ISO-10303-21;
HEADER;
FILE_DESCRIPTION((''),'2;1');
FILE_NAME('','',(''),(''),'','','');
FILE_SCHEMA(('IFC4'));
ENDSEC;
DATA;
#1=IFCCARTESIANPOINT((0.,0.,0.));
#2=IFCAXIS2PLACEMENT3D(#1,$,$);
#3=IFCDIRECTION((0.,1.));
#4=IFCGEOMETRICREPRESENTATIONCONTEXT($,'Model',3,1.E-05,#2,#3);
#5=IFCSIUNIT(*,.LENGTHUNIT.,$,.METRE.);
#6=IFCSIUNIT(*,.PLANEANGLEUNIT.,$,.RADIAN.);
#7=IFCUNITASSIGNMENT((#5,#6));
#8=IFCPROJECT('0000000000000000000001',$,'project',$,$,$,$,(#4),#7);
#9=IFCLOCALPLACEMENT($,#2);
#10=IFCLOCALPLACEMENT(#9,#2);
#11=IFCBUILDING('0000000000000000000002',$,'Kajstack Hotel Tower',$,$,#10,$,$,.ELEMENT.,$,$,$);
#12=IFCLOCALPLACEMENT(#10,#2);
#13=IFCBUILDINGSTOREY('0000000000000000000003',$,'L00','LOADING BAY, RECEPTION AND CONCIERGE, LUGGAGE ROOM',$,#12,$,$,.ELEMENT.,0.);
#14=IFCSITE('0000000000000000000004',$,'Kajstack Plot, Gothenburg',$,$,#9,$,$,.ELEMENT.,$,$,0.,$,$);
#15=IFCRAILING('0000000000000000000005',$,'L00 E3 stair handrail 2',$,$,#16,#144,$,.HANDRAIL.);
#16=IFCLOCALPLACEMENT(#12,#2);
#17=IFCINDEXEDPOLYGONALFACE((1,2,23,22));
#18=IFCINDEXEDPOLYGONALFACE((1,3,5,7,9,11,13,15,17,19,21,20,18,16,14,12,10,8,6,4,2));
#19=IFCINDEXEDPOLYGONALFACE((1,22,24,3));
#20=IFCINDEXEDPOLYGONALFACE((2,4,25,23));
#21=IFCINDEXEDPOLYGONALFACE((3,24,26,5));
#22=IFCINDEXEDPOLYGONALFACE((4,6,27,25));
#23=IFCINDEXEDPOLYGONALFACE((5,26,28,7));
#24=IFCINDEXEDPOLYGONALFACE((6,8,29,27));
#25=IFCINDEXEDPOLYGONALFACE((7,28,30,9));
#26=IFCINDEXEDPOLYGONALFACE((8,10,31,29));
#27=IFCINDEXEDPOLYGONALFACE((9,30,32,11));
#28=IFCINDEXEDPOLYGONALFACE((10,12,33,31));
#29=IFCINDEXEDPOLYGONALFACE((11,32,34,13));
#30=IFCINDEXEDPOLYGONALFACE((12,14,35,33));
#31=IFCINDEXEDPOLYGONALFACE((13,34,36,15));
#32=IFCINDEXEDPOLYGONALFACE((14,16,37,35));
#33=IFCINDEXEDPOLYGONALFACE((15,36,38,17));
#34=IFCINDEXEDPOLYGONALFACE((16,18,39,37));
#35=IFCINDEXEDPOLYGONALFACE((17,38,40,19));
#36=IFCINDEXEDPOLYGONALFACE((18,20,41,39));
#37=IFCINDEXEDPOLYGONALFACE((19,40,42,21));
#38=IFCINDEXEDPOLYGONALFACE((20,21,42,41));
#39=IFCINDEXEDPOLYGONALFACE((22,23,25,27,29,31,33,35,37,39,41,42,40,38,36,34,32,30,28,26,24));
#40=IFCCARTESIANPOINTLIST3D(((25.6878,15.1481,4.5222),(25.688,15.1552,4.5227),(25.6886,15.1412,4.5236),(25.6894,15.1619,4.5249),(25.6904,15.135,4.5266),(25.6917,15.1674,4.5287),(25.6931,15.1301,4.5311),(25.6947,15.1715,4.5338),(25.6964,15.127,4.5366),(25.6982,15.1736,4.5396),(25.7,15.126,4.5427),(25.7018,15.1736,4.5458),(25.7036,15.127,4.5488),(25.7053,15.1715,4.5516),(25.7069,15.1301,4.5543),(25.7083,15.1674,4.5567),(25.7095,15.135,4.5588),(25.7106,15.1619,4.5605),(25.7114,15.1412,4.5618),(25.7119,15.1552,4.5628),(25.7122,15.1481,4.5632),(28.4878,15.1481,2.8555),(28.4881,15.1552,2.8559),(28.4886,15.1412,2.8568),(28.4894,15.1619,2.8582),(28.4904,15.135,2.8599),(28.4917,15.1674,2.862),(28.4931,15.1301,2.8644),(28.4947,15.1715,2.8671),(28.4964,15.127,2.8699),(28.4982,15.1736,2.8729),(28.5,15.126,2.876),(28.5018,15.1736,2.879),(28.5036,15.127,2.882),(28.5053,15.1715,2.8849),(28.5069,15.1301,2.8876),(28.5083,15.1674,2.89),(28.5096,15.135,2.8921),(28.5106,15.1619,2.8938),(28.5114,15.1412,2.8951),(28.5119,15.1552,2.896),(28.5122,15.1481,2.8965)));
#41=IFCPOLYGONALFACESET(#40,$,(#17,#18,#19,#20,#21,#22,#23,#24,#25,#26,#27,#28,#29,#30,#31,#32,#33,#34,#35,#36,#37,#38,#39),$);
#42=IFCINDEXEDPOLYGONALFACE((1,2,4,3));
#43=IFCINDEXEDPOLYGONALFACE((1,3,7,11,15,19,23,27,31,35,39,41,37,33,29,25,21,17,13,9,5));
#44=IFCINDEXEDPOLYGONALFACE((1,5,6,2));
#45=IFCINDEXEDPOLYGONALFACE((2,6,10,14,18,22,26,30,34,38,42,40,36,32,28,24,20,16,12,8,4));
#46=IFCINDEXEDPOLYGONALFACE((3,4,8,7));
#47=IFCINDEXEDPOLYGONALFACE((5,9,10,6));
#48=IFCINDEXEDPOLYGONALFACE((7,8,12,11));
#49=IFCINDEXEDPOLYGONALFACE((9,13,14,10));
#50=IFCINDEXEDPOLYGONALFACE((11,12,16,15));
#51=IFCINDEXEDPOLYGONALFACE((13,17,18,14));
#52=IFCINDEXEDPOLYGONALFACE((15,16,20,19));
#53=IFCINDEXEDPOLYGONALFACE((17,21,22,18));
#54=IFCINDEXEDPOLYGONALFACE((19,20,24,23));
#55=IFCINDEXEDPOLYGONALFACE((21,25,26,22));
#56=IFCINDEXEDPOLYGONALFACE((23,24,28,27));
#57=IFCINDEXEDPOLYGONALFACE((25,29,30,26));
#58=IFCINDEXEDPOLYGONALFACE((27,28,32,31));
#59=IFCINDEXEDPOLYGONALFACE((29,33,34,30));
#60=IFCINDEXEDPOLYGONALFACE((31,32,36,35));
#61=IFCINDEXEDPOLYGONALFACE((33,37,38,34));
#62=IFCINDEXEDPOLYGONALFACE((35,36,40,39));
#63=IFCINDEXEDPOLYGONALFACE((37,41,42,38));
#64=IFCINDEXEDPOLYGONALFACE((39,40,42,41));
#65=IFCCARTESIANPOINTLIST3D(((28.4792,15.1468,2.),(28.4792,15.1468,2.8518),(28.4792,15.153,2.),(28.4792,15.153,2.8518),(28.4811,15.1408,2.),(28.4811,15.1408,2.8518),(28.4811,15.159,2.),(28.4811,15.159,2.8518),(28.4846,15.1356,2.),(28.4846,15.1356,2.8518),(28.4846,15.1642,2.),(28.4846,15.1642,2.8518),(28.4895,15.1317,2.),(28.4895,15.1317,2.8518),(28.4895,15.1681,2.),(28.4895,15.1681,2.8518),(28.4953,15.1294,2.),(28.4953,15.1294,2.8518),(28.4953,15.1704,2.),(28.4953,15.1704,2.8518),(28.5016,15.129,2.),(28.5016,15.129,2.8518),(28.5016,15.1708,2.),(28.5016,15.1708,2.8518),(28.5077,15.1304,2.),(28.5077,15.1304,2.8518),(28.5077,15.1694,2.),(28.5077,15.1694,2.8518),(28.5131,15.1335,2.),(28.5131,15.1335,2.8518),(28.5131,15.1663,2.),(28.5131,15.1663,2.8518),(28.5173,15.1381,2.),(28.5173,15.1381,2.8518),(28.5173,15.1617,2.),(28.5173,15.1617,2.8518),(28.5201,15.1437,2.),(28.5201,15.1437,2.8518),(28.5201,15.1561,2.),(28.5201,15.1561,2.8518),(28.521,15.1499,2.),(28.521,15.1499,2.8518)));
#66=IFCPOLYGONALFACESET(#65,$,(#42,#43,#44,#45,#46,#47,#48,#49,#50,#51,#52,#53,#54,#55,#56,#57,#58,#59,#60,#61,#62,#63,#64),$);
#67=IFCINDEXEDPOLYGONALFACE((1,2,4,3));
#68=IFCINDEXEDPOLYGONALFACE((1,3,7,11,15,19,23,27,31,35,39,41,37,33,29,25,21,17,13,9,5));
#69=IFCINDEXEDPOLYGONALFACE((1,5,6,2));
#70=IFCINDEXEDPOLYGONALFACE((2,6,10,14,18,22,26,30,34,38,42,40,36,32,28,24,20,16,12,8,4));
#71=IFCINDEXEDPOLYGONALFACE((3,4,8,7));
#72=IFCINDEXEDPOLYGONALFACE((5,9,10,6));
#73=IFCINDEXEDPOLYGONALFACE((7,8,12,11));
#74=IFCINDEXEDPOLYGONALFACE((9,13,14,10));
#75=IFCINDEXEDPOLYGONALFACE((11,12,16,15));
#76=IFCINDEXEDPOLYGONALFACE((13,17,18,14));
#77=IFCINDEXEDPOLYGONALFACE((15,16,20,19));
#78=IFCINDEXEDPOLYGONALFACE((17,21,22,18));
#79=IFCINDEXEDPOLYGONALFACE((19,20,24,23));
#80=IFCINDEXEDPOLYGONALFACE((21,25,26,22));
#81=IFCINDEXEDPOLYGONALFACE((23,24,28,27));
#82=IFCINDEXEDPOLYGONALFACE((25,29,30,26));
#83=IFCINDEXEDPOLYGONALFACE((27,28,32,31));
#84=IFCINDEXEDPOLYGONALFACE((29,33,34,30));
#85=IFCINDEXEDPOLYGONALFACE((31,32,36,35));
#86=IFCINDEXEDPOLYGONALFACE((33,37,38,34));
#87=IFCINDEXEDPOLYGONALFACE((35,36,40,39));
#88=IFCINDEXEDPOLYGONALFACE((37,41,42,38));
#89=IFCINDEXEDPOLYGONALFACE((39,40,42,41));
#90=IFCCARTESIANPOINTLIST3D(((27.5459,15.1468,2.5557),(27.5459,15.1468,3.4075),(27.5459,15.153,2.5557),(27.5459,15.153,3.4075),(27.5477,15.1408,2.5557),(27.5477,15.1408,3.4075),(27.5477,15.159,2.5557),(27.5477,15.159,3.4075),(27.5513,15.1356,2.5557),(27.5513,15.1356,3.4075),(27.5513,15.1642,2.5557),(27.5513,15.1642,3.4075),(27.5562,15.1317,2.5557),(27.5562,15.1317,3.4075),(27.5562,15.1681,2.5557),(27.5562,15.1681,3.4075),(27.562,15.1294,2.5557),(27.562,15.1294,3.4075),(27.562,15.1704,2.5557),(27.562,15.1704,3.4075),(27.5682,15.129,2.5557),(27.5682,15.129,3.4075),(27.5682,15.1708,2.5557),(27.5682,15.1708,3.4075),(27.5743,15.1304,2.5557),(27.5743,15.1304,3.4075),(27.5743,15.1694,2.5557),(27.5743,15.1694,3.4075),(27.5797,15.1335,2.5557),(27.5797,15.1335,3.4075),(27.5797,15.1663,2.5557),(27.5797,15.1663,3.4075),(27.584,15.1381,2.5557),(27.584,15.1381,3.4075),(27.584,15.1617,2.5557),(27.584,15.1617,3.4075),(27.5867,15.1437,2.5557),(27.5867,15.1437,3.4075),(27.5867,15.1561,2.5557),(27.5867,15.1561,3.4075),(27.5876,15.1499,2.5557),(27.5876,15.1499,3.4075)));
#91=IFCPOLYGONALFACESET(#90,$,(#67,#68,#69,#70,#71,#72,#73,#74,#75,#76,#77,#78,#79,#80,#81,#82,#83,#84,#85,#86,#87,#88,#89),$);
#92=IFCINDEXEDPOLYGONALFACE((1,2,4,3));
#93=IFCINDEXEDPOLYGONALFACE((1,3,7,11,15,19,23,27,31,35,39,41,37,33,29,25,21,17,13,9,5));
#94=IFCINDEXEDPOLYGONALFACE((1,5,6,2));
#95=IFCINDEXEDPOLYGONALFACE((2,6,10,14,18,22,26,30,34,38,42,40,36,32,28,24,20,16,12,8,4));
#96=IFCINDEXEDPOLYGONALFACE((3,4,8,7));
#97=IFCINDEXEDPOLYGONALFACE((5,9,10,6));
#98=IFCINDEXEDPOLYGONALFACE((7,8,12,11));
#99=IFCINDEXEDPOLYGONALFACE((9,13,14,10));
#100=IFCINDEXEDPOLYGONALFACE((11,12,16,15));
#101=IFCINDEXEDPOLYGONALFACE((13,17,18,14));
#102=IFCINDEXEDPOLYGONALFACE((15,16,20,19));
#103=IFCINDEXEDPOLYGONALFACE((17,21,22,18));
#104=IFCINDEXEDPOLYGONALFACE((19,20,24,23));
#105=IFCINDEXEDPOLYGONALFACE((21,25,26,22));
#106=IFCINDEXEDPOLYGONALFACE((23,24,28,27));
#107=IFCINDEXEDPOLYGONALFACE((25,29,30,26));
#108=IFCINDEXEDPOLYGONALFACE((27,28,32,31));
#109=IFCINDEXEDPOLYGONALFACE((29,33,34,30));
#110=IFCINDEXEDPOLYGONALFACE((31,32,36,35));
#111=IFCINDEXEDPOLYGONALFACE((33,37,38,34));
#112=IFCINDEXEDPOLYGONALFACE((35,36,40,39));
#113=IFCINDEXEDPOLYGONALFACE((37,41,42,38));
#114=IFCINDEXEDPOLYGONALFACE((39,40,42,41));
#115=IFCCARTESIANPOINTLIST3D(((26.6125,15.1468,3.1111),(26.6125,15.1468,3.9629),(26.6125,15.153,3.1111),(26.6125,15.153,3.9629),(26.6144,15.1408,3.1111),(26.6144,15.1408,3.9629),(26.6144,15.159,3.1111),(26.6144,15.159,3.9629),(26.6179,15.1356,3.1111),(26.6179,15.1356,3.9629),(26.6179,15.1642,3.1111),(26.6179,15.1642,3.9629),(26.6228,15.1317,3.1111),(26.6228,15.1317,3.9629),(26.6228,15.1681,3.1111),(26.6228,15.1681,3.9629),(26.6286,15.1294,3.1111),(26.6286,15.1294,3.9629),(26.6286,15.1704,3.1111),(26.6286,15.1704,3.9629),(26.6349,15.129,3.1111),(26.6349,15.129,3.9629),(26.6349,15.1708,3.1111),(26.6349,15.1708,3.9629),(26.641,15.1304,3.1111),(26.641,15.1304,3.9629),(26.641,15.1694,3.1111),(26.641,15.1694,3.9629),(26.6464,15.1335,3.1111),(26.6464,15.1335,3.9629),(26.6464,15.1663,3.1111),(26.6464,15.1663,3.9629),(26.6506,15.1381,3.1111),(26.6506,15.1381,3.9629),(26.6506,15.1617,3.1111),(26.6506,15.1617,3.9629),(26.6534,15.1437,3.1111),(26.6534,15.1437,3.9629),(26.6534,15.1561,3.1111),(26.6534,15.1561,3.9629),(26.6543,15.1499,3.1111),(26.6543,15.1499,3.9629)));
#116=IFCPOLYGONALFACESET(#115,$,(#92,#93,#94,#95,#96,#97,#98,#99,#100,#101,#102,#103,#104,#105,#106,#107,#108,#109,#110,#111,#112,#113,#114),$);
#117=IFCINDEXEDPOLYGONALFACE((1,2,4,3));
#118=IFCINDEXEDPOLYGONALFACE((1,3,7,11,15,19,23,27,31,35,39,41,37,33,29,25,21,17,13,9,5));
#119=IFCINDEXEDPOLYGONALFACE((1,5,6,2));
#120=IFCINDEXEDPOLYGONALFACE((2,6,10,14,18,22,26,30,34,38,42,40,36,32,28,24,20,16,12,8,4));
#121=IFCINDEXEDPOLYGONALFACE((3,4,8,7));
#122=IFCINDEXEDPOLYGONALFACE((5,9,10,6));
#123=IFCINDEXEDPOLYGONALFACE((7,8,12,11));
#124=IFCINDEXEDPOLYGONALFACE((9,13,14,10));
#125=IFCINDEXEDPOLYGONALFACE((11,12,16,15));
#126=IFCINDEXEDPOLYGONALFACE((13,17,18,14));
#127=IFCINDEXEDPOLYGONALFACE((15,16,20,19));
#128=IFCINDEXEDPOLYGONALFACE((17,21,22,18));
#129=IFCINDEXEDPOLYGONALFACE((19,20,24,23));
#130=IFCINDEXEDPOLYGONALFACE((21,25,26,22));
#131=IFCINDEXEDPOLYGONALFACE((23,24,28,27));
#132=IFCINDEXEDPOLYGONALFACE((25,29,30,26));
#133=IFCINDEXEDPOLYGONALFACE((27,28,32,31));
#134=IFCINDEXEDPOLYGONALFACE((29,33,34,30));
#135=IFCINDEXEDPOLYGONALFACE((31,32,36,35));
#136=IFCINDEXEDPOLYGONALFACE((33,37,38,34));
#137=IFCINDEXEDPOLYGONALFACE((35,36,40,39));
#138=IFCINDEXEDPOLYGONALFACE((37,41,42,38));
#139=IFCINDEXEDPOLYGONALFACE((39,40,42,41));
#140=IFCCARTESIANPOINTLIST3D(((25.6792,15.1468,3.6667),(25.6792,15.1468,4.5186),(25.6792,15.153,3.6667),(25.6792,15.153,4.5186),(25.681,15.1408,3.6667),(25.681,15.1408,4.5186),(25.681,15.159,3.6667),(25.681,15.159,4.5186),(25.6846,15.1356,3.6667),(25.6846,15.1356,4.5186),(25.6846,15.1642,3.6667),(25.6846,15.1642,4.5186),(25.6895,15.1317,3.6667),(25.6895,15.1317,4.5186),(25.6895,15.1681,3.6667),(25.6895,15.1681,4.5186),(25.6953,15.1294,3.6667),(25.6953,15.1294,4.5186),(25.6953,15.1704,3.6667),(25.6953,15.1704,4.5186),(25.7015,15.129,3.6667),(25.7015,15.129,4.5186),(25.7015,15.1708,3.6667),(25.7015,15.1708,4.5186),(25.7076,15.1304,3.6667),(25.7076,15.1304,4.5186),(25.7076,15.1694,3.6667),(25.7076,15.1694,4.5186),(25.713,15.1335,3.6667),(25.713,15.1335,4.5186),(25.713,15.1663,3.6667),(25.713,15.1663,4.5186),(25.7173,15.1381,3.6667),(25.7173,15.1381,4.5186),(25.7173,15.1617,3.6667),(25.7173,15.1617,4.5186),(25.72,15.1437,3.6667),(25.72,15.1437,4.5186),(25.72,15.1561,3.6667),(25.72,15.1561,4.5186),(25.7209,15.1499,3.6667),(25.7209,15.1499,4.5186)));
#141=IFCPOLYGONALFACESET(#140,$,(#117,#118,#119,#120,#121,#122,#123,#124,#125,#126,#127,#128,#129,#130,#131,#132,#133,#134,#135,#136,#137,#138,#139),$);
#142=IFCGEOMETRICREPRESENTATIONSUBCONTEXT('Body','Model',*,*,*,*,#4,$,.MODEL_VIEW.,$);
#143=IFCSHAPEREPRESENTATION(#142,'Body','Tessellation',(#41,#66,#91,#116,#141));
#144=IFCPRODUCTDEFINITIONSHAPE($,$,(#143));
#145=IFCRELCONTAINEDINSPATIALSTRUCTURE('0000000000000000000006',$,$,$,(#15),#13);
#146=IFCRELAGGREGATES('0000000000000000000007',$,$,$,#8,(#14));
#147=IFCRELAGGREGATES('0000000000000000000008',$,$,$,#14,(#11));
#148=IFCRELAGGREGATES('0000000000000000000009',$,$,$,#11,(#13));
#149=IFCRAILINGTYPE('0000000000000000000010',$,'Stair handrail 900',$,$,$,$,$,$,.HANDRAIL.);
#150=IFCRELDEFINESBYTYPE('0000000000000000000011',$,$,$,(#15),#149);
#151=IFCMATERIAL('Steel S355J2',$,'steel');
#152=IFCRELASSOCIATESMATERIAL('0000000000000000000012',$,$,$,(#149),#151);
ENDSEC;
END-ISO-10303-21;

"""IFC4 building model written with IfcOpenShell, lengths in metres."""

from ifc_helpers import new_model, si_unit, direction, frame, origin, origin_2d, place, context, subcontext, project, spatial, circle, extrude, material, type_object, element, save


model = new_model("IFC4")

# Units and contexts
model_context = context("Model", 3, precision=1e-05, world=origin(), true_north=direction((0.0, 1.0)))
body_context = subcontext(model_context, "Body", "Model", "MODEL_VIEW")
ifc_project = project(units=[si_unit("LENGTHUNIT", "METRE"), si_unit("PLANEANGLEUNIT", "RADIAN")], contexts=[model_context])

# Site, building, storey
site_placement = place(None, origin())
site = spatial("IfcSite", under=ifc_project, at=site_placement, Name="Kajstack Plot, Gothenburg", CompositionType="ELEMENT", RefElevation=0.0)
building_placement = place(site_placement, origin())
building = spatial("IfcBuilding", under=site, at=building_placement, Name="Kajstack Hotel Tower", CompositionType="ELEMENT")
storey_placement = place(building_placement, origin())
storey = spatial("IfcBuildingStorey", under=building, at=storey_placement, Name="L00", Description="LOADING BAY, RECEPTION AND CONCIERGE, LUGGAGE ROOM", CompositionType="ELEMENT", Elevation=0.0)

# Railing
ifc_material_1 = material(Name="Steel S355J2", Category="steel")
railing_type_1 = type_object("IfcRailingType", Name="Stair handrail 900", PredefinedType="HANDRAIL", material=ifc_material_1)
railing_1_placement = place(storey_placement, frame((28.5, 15.1499, 2.0)))
element("IfcRailing", 1, at=railing_1_placement, inside=storey, type_object=railing_type_1, Name="L00 E3 stair handrail 2", PredefinedType="HANDRAIL", context=body_context, shape_type="SweptSolid", body=[
    extrude(circle(Radius=0.0239, at=origin_2d()), frame((0.0, 0.0, 0.876), z_axis=(-0.859286, 0.0, 0.511496), x_axis=(0.0, -1.0, 0.0)), (0.0, 0.0, 1.0), 3.2585),
    extrude(circle(Radius=0.021, at=origin_2d()), origin(), (0.0, 0.0, 1.0), 0.8518),
    extrude(circle(Radius=0.021, at=origin_2d()), frame((-0.9333, 0.0, 0.5557)), (0.0, 0.0, 1.0), 0.8518),
    extrude(circle(Radius=0.021, at=origin_2d()), frame((-1.8667, 0.0, 1.1111)), (0.0, 0.0, 1.0), 0.8518),
    extrude(circle(Radius=0.021, at=origin_2d()), frame((-2.8, 0.0, 1.6667)), (0.0, 0.0, 1.0), 0.8518),
])

save(model, "model.ifc")
